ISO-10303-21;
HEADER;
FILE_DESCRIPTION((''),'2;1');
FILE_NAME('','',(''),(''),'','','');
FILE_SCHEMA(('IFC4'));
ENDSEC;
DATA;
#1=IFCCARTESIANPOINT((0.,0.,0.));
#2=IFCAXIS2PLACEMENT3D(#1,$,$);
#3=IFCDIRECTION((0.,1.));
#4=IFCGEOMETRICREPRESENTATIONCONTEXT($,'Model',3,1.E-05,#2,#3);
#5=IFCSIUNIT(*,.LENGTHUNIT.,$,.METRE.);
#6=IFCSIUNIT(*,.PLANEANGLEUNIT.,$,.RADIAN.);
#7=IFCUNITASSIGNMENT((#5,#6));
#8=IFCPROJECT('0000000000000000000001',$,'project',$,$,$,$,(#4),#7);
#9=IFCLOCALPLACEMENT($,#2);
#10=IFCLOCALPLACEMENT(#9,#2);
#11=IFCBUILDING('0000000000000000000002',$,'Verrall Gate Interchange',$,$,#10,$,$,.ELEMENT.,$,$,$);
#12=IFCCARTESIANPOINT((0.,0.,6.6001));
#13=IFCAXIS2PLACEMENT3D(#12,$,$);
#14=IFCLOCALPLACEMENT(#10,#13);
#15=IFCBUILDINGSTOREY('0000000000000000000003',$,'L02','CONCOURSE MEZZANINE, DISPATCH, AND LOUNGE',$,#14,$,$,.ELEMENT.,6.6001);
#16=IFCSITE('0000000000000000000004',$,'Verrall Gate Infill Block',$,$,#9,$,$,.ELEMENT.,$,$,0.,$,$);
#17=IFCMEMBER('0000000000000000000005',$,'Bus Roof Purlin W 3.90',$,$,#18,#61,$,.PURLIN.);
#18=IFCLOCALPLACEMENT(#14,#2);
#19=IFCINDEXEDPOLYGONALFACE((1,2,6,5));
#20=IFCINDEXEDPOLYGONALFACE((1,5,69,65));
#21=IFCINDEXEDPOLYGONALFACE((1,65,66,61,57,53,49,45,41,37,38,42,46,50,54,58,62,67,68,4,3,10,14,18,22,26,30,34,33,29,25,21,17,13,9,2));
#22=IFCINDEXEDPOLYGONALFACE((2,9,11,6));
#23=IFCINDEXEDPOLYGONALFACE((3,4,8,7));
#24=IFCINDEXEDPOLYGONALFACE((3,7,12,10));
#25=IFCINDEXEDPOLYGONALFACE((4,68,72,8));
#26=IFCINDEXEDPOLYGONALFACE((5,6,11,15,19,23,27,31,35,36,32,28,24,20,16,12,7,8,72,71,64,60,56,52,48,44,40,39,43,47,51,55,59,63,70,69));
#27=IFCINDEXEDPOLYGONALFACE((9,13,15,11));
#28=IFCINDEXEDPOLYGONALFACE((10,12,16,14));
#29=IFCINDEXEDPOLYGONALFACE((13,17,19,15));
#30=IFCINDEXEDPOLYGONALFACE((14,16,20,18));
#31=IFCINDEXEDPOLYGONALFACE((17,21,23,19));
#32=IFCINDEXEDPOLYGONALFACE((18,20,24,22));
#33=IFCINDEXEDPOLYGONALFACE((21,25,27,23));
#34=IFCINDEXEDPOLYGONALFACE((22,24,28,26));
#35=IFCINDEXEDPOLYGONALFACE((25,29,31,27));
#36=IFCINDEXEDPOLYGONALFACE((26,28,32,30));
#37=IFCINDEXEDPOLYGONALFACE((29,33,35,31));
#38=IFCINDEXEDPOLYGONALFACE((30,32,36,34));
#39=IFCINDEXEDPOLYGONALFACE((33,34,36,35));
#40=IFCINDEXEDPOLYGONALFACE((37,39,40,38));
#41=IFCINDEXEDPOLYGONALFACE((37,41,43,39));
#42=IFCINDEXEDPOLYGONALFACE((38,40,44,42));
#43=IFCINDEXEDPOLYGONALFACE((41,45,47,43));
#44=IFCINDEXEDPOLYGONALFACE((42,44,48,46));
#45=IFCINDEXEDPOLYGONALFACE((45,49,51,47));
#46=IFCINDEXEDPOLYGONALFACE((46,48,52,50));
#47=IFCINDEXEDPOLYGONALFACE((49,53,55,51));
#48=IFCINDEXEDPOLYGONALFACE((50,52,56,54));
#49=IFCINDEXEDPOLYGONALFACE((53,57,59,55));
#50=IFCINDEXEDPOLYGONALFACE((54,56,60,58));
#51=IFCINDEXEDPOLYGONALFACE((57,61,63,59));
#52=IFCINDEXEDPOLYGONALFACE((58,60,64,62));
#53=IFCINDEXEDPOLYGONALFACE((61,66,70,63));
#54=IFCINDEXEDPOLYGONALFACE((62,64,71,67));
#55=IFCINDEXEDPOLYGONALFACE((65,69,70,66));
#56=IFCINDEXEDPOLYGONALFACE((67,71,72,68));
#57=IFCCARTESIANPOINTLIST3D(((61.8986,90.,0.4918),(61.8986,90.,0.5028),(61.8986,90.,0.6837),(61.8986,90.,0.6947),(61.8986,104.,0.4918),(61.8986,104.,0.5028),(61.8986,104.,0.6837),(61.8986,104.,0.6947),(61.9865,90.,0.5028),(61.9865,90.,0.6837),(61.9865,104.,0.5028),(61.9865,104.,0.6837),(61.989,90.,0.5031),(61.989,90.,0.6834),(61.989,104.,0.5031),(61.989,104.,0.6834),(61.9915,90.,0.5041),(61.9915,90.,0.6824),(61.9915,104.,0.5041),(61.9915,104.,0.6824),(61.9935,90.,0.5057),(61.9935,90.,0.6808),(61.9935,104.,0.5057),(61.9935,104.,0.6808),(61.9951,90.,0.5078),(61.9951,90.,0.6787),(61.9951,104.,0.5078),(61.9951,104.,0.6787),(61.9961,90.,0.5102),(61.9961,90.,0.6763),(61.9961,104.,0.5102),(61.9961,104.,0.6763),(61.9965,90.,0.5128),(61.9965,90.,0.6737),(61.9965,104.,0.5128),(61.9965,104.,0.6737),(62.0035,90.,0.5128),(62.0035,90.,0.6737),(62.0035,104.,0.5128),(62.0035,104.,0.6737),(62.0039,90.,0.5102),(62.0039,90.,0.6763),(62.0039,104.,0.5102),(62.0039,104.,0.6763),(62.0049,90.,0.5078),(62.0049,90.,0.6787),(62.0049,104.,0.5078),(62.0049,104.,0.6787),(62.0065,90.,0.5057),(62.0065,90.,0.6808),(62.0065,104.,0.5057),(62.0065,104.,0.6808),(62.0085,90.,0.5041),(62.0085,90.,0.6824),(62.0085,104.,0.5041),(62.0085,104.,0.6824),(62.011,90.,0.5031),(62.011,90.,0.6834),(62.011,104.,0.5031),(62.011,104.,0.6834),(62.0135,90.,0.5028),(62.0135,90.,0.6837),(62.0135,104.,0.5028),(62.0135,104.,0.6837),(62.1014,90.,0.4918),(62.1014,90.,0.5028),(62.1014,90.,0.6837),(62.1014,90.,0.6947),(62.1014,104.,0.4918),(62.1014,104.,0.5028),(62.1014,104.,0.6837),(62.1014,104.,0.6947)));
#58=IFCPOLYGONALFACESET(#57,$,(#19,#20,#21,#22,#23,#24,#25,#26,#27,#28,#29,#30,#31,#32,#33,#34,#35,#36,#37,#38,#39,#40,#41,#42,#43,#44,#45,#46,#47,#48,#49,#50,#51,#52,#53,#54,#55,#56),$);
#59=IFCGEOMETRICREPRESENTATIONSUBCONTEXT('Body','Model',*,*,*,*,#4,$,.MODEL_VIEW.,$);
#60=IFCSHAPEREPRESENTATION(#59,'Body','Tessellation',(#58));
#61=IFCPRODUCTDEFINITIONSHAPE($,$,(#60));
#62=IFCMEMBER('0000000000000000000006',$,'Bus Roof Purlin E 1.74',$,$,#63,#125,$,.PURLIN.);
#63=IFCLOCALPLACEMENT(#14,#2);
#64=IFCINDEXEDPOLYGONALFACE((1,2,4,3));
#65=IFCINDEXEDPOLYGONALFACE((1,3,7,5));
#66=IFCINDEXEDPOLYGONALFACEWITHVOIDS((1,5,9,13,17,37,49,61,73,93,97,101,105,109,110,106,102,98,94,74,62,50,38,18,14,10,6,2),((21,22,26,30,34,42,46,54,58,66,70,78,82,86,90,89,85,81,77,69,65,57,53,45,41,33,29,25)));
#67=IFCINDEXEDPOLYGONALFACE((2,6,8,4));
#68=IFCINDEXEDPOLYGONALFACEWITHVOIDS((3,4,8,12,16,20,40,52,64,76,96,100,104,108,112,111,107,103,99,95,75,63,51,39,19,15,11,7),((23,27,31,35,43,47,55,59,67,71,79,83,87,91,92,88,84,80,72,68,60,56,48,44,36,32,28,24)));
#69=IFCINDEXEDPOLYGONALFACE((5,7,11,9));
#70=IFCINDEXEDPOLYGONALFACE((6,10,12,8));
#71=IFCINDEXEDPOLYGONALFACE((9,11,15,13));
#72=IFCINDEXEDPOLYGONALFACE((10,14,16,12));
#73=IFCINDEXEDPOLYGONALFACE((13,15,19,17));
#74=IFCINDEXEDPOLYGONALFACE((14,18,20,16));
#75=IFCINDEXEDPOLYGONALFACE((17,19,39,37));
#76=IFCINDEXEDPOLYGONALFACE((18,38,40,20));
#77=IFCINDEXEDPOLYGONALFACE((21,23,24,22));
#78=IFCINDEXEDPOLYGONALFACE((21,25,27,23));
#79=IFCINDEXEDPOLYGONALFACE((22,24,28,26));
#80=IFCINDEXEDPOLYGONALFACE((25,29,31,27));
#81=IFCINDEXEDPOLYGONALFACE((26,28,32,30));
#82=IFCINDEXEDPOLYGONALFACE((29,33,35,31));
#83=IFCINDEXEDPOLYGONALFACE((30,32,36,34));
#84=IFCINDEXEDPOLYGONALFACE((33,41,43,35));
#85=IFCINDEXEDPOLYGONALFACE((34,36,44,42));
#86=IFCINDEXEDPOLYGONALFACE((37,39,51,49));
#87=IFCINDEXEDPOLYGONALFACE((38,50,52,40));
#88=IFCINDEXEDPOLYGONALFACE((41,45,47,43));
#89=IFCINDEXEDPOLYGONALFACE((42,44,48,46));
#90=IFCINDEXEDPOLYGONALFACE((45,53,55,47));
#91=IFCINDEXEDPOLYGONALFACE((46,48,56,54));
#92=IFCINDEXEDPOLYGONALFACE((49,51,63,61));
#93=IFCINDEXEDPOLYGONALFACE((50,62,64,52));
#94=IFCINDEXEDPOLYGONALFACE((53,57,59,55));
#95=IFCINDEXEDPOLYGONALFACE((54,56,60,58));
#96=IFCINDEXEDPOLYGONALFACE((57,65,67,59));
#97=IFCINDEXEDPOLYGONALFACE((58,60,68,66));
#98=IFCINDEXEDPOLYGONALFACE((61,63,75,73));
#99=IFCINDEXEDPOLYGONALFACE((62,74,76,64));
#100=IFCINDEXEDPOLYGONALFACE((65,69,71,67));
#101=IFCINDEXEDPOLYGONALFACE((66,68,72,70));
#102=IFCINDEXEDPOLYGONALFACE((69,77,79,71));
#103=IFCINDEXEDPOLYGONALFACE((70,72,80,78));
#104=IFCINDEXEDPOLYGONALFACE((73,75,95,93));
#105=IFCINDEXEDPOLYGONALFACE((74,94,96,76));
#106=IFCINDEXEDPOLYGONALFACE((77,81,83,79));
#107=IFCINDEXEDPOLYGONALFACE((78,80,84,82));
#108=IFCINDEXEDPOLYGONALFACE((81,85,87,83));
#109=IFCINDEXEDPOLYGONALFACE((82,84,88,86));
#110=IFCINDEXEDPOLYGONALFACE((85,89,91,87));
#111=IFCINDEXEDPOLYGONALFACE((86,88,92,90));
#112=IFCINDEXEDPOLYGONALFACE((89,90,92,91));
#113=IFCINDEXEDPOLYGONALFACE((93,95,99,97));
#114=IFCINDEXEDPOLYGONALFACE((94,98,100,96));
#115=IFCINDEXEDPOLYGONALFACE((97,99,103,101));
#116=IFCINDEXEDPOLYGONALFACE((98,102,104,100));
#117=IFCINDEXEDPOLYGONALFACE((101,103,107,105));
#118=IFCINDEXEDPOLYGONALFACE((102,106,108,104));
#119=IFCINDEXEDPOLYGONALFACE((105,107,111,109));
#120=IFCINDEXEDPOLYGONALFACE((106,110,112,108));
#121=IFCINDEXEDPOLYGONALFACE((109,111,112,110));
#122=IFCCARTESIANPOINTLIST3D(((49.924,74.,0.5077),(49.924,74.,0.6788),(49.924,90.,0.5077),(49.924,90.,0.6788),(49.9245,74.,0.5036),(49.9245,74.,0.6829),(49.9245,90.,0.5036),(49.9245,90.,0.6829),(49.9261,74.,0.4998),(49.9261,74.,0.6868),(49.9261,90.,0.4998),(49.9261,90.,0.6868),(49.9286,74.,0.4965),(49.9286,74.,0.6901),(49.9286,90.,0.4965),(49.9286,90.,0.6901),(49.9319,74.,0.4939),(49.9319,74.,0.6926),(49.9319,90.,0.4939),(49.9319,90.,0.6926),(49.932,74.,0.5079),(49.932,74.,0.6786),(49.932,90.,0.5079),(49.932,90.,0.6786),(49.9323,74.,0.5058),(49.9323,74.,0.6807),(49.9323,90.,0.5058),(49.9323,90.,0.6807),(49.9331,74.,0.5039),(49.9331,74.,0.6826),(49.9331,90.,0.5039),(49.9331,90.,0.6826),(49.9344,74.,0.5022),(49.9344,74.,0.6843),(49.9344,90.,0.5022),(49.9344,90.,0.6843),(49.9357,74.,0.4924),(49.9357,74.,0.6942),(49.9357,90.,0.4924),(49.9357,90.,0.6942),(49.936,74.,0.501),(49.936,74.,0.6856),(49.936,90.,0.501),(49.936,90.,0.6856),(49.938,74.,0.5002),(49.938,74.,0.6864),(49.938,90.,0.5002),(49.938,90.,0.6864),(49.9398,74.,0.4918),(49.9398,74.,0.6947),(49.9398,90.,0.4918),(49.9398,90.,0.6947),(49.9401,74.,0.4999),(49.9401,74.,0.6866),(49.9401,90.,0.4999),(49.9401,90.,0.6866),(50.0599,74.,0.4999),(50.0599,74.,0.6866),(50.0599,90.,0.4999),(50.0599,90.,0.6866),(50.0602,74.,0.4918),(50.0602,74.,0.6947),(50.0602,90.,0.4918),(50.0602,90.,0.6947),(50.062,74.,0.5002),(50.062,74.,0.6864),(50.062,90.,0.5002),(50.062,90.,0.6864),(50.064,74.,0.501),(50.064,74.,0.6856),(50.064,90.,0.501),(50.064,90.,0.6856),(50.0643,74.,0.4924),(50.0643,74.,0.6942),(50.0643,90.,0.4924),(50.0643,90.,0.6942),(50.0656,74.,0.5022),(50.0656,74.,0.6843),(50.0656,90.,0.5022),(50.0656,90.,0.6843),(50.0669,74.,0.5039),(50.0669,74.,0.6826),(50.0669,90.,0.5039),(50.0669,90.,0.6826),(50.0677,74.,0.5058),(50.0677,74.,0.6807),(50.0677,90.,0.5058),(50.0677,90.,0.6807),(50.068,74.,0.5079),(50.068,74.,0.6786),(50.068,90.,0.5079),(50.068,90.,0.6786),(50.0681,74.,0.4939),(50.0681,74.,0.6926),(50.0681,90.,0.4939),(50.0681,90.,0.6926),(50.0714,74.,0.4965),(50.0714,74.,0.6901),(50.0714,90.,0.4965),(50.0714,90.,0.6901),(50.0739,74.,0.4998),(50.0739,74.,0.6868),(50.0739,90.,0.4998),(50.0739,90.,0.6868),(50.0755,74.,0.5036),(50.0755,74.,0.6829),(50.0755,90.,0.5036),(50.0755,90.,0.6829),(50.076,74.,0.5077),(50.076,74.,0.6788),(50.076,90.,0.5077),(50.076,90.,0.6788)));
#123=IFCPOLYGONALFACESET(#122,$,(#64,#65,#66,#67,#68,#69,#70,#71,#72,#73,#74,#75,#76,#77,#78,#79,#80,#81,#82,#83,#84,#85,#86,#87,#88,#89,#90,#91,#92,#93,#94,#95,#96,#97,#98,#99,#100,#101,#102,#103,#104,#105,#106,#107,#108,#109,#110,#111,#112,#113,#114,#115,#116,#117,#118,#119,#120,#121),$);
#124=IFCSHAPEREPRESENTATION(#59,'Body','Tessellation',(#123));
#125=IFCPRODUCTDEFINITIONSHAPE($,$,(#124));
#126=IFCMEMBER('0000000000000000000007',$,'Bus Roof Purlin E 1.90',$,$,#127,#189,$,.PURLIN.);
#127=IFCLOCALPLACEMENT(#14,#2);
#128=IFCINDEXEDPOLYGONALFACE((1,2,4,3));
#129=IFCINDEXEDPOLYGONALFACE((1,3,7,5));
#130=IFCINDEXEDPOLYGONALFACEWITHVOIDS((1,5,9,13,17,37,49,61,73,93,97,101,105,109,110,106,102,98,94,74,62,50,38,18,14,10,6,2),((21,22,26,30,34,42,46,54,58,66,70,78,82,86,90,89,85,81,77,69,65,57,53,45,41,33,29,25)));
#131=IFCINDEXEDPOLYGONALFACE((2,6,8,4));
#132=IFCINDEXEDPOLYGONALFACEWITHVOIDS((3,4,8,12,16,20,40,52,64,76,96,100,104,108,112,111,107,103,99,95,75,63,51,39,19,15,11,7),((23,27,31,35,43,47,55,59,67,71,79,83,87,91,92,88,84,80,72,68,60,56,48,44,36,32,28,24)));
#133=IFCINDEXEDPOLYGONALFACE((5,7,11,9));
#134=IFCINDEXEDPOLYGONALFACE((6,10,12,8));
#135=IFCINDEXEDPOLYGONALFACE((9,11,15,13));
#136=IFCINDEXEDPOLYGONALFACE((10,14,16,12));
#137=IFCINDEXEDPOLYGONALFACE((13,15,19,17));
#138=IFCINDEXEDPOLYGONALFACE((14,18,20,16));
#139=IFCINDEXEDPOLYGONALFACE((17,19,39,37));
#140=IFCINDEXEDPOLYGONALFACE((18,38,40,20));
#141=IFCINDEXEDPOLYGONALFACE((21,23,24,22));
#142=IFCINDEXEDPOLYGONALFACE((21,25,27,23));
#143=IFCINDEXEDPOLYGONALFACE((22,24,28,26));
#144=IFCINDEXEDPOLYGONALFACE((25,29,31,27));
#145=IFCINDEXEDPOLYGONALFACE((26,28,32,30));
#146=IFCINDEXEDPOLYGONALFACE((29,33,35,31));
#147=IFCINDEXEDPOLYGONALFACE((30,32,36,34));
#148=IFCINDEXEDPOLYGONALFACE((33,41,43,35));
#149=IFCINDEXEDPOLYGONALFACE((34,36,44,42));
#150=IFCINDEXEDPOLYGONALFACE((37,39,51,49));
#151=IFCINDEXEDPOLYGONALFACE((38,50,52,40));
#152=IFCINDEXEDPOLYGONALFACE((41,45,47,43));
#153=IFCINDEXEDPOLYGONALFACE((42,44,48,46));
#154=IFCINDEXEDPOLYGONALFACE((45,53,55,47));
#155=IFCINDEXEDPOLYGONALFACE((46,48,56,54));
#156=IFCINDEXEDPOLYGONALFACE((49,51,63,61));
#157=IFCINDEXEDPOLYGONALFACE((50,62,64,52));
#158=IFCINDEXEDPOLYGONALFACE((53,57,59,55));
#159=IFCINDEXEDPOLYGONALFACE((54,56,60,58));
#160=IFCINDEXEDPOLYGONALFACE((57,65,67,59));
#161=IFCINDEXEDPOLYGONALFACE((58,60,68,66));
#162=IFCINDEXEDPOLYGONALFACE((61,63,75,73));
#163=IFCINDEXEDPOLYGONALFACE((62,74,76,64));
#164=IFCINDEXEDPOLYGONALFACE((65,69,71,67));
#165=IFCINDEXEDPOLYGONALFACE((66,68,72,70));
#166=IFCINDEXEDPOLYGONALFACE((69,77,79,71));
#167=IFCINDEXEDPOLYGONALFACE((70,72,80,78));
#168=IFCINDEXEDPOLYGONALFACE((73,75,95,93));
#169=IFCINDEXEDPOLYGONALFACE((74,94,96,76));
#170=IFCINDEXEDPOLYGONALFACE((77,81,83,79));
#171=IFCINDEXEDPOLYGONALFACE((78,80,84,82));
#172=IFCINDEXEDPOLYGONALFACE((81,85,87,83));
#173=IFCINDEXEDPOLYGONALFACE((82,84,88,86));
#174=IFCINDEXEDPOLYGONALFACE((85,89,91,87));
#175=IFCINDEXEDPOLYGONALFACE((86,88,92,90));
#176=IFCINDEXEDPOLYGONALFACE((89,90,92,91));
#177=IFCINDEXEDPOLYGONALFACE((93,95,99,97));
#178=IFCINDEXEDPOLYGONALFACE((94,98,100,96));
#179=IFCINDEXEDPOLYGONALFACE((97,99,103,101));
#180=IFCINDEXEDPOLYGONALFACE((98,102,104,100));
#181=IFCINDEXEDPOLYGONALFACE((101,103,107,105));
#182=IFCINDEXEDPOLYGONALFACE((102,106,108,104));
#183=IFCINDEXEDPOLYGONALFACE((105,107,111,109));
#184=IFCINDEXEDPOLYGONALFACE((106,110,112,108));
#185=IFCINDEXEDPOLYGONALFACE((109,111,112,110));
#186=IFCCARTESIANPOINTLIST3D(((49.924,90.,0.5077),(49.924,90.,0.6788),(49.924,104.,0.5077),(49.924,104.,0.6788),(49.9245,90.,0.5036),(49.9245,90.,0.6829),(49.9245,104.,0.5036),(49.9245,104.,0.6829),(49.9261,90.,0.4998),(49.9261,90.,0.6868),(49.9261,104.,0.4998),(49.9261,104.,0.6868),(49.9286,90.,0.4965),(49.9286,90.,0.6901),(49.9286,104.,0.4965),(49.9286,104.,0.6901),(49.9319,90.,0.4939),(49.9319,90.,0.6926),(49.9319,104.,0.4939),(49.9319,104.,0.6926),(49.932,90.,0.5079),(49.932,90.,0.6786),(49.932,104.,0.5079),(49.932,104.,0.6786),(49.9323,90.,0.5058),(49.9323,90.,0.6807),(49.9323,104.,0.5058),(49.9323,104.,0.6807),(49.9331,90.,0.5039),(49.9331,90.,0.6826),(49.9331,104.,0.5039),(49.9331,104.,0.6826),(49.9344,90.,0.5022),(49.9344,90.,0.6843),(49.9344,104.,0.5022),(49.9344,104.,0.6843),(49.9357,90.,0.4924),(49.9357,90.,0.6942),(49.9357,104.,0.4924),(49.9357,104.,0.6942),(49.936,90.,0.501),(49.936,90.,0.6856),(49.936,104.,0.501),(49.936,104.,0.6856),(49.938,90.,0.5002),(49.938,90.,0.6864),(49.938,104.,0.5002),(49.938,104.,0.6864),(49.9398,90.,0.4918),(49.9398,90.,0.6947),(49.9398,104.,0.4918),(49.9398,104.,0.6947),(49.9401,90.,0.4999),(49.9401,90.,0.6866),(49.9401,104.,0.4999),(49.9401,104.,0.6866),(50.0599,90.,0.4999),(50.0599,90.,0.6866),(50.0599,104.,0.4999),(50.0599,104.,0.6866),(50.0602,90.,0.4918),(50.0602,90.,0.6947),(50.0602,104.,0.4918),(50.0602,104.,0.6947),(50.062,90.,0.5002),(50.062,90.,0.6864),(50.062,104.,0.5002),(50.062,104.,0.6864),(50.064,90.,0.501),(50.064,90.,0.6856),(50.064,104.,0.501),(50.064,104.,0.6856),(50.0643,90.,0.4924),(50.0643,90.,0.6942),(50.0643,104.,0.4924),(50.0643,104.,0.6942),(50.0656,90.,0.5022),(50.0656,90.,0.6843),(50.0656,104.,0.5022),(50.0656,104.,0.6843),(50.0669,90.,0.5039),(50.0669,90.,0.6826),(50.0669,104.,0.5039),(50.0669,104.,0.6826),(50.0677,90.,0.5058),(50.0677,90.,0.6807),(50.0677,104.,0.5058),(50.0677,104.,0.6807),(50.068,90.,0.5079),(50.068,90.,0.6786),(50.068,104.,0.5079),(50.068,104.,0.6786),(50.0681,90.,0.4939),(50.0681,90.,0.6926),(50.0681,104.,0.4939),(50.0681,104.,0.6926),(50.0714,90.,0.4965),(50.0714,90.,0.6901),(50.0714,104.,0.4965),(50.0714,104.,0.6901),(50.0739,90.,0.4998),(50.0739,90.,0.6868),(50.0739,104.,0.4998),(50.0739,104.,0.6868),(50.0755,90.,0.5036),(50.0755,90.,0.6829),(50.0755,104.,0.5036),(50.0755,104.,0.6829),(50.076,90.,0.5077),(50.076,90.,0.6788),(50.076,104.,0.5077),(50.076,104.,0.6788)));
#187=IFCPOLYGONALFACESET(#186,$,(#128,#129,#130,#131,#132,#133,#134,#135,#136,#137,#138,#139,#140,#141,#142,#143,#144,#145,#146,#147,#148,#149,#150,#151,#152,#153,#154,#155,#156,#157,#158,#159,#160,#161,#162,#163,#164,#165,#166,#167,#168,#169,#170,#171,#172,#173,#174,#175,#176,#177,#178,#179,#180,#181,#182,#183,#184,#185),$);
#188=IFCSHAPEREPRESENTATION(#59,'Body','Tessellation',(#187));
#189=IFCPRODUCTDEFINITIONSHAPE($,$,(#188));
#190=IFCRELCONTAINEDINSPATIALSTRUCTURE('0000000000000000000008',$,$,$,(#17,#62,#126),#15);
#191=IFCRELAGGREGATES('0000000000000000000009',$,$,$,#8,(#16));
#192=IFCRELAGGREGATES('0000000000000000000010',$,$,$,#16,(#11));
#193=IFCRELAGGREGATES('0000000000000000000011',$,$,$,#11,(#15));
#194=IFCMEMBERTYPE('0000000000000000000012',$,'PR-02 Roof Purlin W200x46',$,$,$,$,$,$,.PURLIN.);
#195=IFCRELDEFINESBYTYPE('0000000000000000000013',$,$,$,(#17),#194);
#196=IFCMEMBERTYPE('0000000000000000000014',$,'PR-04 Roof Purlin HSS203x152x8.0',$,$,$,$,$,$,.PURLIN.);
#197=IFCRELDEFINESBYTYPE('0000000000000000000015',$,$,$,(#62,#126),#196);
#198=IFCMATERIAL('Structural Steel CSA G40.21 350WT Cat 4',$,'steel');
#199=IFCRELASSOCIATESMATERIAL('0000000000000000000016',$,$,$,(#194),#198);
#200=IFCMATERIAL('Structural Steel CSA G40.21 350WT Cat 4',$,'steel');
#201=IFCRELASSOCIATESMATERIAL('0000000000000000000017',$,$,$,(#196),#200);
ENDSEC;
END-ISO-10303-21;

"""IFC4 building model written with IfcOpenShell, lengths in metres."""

from ifc_helpers import new_model, si_unit, direction, frame, origin, origin_2d, place, context, subcontext, project, spatial, hollow_rectangle, i_section, extrude, material, material_profile, profile_set, type_object, element, save


model = new_model("IFC4")

# Units and contexts
model_context = context("Model", 3, precision=1e-05, world=origin(), true_north=direction((0.0, 1.0)))
body_context = subcontext(model_context, "Body", "Model", "MODEL_VIEW")
ifc_project = project(units=[si_unit("LENGTHUNIT", "METRE"), si_unit("PLANEANGLEUNIT", "RADIAN")], contexts=[model_context])

# Site, building, storey
site_placement = place(None, origin())
site = spatial("IfcSite", under=ifc_project, at=site_placement, Name="Verrall Gate Infill Block", CompositionType="ELEMENT", RefElevation=0.0)
building_placement = place(site_placement, origin())
building = spatial("IfcBuilding", under=site, at=building_placement, Name="Verrall Gate Interchange", CompositionType="ELEMENT")
storey_placement = place(building_placement, frame((0.0, 0.0, 6.6001)))
storey = spatial("IfcBuildingStorey", under=building, at=storey_placement, Name="L02", Description="CONCOURSE MEZZANINE, DISPATCH, AND LOUNGE", CompositionType="ELEMENT", Elevation=6.6001)

# Members
ifc_material_1 = material(Name="Structural Steel CSA G40.21 350WT Cat 4", Category="steel")
ifc_material_profile_1 = material_profile(ifc_material_1, i_section(OverallWidth=0.2029, OverallDepth=0.2029, WebThickness=0.0071, FlangeThickness=0.011, FilletRadius=0.01, at=origin_2d()), Name="W200x46")
ifc_profile_set_1 = profile_set([ifc_material_profile_1], Name="Structural Steel CSA G40.21 350WT Cat 4")
member_type_1 = type_object("IfcMemberType", Name="PR-02 Roof Purlin W200x46", PredefinedType="PURLIN", material=ifc_profile_set_1)
member_1_placement = place(storey_placement, frame((62.0, 90.0, 0.5933), z_axis=(0.0, 1.0, 0.0), x_axis=(-1.0, 0.0, 0.0)))
element("IfcMember", 1, at=member_1_placement, inside=storey, type_object=member_type_1, Name="Bus Roof Purlin W 3.90", PredefinedType="PURLIN", context=body_context, shape_type="SweptSolid", body=[
    extrude(i_section(OverallWidth=0.2029, OverallDepth=0.2029, WebThickness=0.0071, FlangeThickness=0.011, FilletRadius=0.01, at=origin_2d()), origin(), (0.0, 0.0, 1.0), 14.0),
])
ifc_material_2 = material(Name="Structural Steel CSA G40.21 350WT Cat 4", Category="steel")
ifc_material_profile_2 = material_profile(ifc_material_2, hollow_rectangle(XDim=0.1521, YDim=0.2029, WallThickness=0.0081, InnerFilletRadius=0.0081, OuterFilletRadius=0.0159, at=origin_2d()), Name="HSS203x152x8.0")
ifc_profile_set_2 = profile_set([ifc_material_profile_2], Name="Structural Steel CSA G40.21 350WT Cat 4")
member_type_2 = type_object("IfcMemberType", Name="PR-04 Roof Purlin HSS203x152x8.0", PredefinedType="PURLIN", material=ifc_profile_set_2)
member_2_placement = place(storey_placement, frame((50.0, 74.0, 0.5933), z_axis=(0.0, 1.0, 0.0), x_axis=(-1.0, 0.0, 0.0)))
element("IfcMember", 2, at=member_2_placement, inside=storey, type_object=member_type_2, Name="Bus Roof Purlin E 1.74", PredefinedType="PURLIN", context=body_context, shape_type="SweptSolid", body=[
    extrude(hollow_rectangle(XDim=0.1521, YDim=0.2029, WallThickness=0.0081, InnerFilletRadius=0.0081, OuterFilletRadius=0.0159, at=origin_2d()), origin(), (0.0, 0.0, 1.0), 16.0),
])
member_3_placement = place(storey_placement, frame((50.0, 90.0, 0.5933), z_axis=(0.0, 1.0, 0.0), x_axis=(-1.0, 0.0, 0.0)))
element("IfcMember", 3, at=member_3_placement, inside=storey, type_object=member_type_2, Name="Bus Roof Purlin E 1.90", PredefinedType="PURLIN", context=body_context, shape_type="SweptSolid", body=[
    extrude(hollow_rectangle(XDim=0.1521, YDim=0.2029, WallThickness=0.0081, InnerFilletRadius=0.0081, OuterFilletRadius=0.0159, at=origin_2d()), origin(), (0.0, 0.0, 1.0), 14.0),
])

save(model, "model.ifc")
